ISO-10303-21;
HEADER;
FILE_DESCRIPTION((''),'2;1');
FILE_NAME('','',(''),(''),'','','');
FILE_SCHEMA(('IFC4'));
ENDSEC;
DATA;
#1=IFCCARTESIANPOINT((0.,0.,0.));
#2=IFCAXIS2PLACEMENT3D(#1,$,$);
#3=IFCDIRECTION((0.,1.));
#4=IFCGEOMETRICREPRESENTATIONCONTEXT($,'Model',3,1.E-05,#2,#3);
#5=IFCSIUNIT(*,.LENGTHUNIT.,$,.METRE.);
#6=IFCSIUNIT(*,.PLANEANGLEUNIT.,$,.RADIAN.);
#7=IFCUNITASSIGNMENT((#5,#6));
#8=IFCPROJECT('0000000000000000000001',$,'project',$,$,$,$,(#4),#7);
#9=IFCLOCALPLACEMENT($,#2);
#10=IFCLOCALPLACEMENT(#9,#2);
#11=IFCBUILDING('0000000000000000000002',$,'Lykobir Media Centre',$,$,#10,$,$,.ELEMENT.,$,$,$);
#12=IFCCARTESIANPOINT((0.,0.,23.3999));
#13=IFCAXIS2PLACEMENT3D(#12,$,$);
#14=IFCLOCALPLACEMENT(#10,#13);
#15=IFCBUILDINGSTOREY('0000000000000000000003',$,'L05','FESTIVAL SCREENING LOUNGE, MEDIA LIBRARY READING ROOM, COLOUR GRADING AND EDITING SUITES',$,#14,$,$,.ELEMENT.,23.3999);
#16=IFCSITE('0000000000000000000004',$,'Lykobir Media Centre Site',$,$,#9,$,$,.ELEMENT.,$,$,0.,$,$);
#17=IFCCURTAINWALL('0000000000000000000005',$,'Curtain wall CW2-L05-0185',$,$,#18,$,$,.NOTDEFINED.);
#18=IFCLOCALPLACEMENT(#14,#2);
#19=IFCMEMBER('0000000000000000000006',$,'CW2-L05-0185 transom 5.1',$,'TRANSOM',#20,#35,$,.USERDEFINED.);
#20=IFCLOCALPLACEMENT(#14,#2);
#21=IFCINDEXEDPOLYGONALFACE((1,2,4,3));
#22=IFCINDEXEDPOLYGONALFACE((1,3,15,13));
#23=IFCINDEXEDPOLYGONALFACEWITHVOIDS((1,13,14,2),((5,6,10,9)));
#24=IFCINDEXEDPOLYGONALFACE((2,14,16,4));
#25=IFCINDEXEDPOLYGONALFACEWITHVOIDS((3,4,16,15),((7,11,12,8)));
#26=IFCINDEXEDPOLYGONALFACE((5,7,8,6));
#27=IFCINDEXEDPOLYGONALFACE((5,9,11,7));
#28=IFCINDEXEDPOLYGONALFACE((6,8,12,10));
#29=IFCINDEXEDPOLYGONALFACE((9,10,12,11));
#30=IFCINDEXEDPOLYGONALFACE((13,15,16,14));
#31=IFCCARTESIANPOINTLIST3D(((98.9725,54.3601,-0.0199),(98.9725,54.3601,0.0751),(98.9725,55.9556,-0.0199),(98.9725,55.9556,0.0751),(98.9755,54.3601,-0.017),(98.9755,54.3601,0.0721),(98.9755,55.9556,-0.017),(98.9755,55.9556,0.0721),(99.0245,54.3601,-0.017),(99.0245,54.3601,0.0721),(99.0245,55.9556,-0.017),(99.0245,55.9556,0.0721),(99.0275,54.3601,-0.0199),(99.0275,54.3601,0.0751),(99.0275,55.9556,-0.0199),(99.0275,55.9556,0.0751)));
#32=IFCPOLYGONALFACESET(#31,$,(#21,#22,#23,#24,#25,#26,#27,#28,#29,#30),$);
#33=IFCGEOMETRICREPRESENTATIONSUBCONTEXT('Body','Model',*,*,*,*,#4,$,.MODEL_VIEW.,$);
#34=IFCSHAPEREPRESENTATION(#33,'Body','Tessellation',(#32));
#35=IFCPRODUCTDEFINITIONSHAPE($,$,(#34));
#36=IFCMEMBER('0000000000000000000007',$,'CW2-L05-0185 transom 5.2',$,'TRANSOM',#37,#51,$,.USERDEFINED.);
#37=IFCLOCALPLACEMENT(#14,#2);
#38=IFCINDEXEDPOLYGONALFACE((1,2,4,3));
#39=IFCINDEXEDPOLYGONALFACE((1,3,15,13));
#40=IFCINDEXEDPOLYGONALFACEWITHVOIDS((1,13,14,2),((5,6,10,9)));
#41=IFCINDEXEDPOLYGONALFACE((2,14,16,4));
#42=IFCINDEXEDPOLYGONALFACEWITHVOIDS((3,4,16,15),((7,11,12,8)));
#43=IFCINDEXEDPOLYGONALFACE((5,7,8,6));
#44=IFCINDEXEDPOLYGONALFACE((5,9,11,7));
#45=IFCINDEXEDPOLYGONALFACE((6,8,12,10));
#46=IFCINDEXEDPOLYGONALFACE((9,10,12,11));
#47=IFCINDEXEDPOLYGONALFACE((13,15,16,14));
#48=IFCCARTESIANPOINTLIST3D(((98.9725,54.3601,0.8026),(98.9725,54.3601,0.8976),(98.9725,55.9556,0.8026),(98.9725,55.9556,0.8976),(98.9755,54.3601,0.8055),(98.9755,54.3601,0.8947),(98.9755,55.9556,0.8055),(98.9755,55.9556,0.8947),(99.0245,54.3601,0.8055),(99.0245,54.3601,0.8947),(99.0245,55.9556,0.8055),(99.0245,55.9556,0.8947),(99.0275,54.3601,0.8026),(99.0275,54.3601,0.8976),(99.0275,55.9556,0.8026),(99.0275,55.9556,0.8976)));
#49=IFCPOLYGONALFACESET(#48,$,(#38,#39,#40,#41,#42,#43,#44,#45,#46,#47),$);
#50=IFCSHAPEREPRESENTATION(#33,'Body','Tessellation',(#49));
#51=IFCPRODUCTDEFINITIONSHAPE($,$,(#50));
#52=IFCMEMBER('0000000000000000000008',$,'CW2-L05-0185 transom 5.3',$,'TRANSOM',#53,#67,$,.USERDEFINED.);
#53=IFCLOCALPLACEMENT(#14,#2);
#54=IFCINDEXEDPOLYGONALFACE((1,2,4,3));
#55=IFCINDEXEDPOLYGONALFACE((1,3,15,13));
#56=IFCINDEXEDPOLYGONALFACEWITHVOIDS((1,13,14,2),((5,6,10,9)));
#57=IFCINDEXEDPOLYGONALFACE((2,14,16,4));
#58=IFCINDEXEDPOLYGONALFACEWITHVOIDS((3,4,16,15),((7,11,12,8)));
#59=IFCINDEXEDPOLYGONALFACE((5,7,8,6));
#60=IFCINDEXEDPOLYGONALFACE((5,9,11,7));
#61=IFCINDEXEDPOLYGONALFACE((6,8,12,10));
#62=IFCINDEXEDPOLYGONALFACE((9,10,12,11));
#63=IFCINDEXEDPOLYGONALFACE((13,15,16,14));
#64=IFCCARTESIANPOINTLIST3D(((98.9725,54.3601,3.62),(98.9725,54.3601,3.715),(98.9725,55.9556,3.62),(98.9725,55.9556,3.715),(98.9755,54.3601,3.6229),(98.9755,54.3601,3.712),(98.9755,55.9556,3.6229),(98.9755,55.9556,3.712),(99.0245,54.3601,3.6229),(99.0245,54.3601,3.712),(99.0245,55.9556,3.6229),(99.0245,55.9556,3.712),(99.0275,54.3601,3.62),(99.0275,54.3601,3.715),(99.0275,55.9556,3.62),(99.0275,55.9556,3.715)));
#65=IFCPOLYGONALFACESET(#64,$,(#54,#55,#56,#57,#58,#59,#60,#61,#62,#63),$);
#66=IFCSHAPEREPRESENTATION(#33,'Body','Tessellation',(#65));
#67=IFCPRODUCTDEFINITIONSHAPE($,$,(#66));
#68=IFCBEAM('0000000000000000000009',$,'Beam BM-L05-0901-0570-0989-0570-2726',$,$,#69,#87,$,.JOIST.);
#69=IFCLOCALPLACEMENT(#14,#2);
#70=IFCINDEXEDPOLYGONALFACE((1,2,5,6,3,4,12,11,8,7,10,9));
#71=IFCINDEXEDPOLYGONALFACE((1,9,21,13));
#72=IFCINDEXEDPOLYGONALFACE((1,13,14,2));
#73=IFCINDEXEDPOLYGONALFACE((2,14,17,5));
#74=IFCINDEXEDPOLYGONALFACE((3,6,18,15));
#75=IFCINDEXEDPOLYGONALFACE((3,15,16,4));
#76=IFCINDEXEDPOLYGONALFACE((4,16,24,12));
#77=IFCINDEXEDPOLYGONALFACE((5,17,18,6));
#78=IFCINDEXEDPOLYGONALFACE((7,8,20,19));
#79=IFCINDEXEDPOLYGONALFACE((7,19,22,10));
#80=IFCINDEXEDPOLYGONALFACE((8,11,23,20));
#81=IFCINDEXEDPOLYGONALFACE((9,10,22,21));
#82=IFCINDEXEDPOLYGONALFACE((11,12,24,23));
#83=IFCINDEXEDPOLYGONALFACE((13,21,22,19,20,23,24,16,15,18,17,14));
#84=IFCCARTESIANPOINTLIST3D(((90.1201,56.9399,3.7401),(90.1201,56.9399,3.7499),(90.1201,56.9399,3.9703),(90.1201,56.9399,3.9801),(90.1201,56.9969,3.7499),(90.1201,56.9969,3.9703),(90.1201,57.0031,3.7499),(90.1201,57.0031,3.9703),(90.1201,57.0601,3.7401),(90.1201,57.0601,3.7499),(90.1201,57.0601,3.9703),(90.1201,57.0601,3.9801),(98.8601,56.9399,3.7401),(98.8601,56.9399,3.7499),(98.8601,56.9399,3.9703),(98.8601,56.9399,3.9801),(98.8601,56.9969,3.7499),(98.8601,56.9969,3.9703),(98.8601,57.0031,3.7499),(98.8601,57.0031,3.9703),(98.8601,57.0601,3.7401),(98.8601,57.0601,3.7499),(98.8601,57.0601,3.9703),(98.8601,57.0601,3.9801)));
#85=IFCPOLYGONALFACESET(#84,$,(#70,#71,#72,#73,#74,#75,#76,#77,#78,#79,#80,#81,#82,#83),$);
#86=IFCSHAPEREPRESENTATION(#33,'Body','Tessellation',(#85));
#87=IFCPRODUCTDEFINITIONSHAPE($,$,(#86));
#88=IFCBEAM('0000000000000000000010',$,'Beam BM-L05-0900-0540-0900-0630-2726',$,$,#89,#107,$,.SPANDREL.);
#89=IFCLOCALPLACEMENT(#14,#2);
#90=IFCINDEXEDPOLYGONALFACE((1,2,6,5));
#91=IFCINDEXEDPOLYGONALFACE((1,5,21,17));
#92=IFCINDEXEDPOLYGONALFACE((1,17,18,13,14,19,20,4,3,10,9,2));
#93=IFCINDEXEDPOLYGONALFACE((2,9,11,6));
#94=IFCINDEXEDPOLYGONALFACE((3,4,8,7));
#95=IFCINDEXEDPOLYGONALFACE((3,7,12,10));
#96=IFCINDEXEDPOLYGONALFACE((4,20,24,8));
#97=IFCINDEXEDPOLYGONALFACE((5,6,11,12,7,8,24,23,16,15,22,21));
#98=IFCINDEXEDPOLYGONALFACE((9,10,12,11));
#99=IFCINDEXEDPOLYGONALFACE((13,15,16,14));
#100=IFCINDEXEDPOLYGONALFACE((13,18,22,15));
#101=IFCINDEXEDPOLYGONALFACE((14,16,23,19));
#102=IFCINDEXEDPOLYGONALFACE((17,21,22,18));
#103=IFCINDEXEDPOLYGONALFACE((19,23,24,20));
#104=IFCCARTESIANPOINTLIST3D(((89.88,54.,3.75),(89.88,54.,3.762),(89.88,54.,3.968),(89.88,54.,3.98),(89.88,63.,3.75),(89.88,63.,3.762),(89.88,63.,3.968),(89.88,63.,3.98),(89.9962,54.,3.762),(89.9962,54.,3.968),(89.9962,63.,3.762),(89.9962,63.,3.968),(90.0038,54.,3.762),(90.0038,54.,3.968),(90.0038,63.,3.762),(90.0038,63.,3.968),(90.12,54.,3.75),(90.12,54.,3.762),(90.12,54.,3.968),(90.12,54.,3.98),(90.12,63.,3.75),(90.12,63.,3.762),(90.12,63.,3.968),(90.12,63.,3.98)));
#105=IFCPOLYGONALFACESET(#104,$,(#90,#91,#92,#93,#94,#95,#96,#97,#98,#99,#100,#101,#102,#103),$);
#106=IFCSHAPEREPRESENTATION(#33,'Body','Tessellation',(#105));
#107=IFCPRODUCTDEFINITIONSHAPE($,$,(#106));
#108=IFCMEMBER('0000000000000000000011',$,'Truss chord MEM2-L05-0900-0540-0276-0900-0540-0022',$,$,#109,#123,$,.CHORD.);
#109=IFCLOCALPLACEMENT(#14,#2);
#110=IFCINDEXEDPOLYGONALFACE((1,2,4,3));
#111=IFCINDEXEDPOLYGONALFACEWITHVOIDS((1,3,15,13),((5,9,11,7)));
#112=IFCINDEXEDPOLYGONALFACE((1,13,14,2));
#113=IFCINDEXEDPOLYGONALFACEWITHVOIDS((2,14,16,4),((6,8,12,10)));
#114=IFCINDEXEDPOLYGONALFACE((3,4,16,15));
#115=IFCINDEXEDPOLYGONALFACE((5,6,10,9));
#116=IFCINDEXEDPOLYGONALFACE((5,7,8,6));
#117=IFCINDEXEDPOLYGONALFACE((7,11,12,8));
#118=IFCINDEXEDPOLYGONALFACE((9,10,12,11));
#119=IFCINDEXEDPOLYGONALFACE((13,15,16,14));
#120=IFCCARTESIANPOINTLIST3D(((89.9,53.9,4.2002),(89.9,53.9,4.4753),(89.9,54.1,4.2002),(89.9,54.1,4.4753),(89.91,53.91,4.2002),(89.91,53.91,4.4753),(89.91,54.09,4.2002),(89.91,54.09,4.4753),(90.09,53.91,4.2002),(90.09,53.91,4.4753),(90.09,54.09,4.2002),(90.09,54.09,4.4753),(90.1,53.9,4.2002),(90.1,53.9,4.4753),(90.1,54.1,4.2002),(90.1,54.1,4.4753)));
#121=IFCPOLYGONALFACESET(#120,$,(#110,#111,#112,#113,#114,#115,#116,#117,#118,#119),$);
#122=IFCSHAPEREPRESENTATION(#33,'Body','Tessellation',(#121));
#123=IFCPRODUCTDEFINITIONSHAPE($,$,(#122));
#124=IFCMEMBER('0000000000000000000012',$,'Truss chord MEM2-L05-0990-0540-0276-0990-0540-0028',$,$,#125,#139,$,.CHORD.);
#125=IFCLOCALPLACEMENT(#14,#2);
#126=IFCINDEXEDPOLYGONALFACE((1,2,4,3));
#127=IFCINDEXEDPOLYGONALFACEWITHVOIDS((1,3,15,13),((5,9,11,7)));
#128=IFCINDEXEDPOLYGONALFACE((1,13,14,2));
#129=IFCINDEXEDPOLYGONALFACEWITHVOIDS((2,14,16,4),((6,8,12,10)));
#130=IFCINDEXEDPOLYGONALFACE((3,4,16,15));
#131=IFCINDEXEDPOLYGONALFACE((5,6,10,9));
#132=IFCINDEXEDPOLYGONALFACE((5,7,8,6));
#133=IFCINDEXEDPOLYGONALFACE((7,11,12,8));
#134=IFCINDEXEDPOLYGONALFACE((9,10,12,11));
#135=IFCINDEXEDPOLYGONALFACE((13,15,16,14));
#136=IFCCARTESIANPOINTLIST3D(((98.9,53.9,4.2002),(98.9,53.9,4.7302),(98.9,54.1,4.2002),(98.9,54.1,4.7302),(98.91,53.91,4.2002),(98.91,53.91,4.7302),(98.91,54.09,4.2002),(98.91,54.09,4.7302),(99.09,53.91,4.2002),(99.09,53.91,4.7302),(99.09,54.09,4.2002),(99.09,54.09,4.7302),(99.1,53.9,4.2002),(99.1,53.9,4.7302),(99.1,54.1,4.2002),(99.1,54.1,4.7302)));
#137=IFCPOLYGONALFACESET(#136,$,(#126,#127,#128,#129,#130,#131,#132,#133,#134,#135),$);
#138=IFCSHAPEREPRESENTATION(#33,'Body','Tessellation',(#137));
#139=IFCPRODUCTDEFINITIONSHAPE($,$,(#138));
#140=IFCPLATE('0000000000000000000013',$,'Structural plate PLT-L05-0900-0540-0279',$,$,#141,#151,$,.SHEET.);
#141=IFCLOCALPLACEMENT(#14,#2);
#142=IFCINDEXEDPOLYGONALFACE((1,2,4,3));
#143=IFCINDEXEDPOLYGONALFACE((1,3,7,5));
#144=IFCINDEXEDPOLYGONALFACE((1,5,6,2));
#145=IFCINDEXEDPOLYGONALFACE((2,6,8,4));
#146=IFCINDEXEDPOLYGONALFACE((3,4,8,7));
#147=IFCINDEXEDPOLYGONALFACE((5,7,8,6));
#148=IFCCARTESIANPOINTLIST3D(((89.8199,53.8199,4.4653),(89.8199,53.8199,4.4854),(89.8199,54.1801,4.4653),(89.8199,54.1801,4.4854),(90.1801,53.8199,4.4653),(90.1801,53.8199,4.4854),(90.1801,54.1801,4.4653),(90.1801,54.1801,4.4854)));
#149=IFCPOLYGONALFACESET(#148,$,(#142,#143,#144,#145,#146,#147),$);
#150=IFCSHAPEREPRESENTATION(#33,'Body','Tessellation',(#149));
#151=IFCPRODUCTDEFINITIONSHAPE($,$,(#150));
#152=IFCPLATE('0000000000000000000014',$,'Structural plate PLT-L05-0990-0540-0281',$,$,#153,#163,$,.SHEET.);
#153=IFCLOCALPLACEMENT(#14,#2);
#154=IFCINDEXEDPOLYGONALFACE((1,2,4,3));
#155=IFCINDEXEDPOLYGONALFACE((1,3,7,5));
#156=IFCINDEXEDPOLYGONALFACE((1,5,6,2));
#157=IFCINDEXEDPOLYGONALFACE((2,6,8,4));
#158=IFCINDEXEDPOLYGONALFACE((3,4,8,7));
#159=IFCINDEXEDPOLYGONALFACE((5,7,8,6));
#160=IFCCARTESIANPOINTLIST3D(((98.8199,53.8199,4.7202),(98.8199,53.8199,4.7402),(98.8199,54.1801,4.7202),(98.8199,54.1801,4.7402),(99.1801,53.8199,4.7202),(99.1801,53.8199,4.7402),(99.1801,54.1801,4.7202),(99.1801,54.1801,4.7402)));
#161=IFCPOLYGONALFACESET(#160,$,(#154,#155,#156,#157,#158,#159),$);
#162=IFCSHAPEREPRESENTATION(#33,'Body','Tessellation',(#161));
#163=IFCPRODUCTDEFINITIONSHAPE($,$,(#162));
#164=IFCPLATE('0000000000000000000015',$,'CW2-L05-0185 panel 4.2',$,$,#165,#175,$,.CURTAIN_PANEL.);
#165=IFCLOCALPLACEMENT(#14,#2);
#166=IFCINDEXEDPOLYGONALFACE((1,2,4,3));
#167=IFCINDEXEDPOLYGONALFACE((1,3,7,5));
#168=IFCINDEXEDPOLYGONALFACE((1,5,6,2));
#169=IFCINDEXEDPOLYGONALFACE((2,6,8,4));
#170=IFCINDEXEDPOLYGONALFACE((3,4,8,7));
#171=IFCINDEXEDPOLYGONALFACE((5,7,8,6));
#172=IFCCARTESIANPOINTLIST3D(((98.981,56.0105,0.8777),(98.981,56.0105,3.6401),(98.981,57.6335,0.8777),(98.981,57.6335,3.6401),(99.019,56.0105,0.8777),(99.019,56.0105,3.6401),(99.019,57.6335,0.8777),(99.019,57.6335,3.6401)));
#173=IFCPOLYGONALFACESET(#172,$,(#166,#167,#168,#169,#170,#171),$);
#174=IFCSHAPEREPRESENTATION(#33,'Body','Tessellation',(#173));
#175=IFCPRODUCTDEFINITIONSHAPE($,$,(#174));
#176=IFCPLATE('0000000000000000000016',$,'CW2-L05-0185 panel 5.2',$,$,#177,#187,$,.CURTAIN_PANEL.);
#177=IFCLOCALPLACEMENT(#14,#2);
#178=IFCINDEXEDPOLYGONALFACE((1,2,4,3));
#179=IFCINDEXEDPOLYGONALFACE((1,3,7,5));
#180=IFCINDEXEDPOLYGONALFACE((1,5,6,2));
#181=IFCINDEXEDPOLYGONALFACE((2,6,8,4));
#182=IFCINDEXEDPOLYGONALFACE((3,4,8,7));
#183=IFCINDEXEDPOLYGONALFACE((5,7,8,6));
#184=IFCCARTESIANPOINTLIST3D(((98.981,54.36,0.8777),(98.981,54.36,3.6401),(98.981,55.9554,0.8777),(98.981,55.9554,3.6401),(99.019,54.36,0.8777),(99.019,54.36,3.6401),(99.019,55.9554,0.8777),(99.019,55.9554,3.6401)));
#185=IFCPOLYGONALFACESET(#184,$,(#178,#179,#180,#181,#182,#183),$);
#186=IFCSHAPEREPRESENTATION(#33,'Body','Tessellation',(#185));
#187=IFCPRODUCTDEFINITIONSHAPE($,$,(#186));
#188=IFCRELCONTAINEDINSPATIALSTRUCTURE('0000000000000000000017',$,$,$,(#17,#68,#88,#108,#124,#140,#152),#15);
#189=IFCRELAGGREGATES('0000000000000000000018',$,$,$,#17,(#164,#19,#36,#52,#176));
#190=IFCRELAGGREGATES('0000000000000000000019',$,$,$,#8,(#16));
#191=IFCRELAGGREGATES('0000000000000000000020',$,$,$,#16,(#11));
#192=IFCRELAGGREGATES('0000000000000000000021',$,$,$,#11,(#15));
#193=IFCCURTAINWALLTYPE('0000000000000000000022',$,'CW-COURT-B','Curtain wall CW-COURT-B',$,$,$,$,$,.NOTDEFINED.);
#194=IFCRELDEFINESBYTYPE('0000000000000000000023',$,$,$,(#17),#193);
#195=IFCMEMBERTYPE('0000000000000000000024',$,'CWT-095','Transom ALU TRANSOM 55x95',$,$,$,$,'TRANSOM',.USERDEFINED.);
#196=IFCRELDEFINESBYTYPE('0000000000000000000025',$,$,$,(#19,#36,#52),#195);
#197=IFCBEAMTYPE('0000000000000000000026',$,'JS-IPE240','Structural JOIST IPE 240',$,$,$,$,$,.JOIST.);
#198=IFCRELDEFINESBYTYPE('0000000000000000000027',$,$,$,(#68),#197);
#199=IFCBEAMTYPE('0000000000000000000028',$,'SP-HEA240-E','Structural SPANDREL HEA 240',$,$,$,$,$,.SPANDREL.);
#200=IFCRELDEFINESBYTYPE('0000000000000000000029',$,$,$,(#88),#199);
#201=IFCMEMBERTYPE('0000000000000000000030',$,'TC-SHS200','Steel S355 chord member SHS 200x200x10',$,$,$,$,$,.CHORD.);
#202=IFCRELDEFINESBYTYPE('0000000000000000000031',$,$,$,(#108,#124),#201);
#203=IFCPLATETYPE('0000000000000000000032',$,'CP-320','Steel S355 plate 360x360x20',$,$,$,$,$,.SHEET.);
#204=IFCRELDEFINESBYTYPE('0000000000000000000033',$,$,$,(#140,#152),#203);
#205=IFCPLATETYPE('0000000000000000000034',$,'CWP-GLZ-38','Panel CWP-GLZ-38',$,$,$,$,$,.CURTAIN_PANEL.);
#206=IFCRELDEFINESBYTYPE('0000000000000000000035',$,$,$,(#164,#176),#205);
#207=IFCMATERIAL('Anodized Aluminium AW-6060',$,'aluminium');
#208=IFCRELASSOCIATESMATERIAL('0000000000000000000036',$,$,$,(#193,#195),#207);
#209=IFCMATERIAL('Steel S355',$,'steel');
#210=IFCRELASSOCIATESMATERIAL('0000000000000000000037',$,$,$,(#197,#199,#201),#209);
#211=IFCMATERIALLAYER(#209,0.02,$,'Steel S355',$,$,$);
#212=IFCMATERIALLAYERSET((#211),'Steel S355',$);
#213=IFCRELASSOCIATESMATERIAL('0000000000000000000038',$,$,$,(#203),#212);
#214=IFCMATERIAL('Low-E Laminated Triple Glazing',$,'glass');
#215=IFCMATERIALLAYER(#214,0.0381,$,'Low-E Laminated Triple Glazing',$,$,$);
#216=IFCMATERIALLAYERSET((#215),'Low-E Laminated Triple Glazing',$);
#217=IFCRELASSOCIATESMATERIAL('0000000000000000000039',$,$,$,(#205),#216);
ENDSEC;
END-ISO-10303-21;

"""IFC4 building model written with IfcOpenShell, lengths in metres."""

from ifc_helpers import new_model, si_unit, direction, frame, origin, origin_2d, place, context, subcontext, project, spatial, rectangle, hollow_rectangle, i_section, extrude, material, layer, layer_set, material_profile, profile_set, type_object, element, aggregate, save


model = new_model("IFC4")

# Units and contexts
model_context = context("Model", 3, precision=1e-05, world=origin(), true_north=direction((0.0, 1.0)))
body_context = subcontext(model_context, "Body", "Model", "MODEL_VIEW")
ifc_project = project(units=[si_unit("LENGTHUNIT", "METRE"), si_unit("PLANEANGLEUNIT", "RADIAN")], contexts=[model_context])

# Site, building, storey
site_placement = place(None, origin())
site = spatial("IfcSite", under=ifc_project, at=site_placement, Name="Lykobir Media Centre Site", CompositionType="ELEMENT", RefElevation=0.0)
building_placement = place(site_placement, origin())
building = spatial("IfcBuilding", under=site, at=building_placement, Name="Lykobir Media Centre", CompositionType="ELEMENT")
storey_placement = place(building_placement, frame((0.0, 0.0, 23.3999)))
storey = spatial("IfcBuildingStorey", under=building, at=storey_placement, Name="L05", Description="FESTIVAL SCREENING LOUNGE, MEDIA LIBRARY READING ROOM, COLOUR GRADING AND EDITING SUITES", CompositionType="ELEMENT", Elevation=23.3999)

# Shared definitions
ifc_material_1 = material(Name="Steel S355", Category="steel")

# Curtain wall, members
ifc_material_2 = material(Name="Anodized Aluminium AW-6060", Category="aluminium")
curtain_wall_type = type_object("IfcCurtainWallType", Name="CW-COURT-B", Description="Curtain wall CW-COURT-B", PredefinedType="NOTDEFINED", material=ifc_material_2)
curtain_wall_placement = place(storey_placement, origin())
curtain_wall = element("IfcCurtainWall", 1, at=curtain_wall_placement, inside=storey, type_object=curtain_wall_type, Name="Curtain wall CW2-L05-0185", PredefinedType="NOTDEFINED")
ifc_material_profile_1 = material_profile(ifc_material_2, hollow_rectangle(XDim=0.0549, YDim=0.095, WallThickness=0.0029, at=origin_2d()), Name="ALU TRANSOM 55x95")
ifc_profile_set_1 = profile_set([ifc_material_profile_1], Name="Anodized Aluminium AW-6060")
member_type_1 = type_object("IfcMemberType", Name="CWT-095", Description="Transom ALU TRANSOM 55x95", ElementType="TRANSOM", PredefinedType="USERDEFINED", material=ifc_profile_set_1)
member_1_placement = place(storey_placement, frame((99.0, 55.9556, 0.0276), z_axis=(0.0, -1.0, 0.0), x_axis=(1.0, 0.0, 0.0)))
member_1 = element("IfcMember", 2, at=member_1_placement, type_object=member_type_1, Name="CW2-L05-0185 transom 5.1", ObjectType="TRANSOM", PredefinedType="USERDEFINED", context=body_context, shape_type="SweptSolid", body=[
    extrude(hollow_rectangle(XDim=0.0549, YDim=0.095, WallThickness=0.0029, at=origin_2d()), origin(), (0.0, 0.0, 1.0), 1.5955),
])
member_2_placement = place(storey_placement, frame((99.0, 55.9556, 0.8501), z_axis=(0.0, -1.0, 0.0), x_axis=(1.0, 0.0, 0.0)))
member_2 = element("IfcMember", 3, at=member_2_placement, type_object=member_type_1, Name="CW2-L05-0185 transom 5.2", ObjectType="TRANSOM", PredefinedType="USERDEFINED", context=body_context, shape_type="SweptSolid", body=[
    extrude(hollow_rectangle(XDim=0.0549, YDim=0.095, WallThickness=0.0029, at=origin_2d()), origin(), (0.0, 0.0, 1.0), 1.5955),
])
member_3_placement = place(storey_placement, frame((99.0, 55.9556, 3.6675), z_axis=(0.0, -1.0, 0.0), x_axis=(1.0, 0.0, 0.0)))
member_3 = element("IfcMember", 4, at=member_3_placement, type_object=member_type_1, Name="CW2-L05-0185 transom 5.3", ObjectType="TRANSOM", PredefinedType="USERDEFINED", context=body_context, shape_type="SweptSolid", body=[
    extrude(hollow_rectangle(XDim=0.0549, YDim=0.095, WallThickness=0.0029, at=origin_2d()), origin(), (0.0, 0.0, 1.0), 1.5955),
])

# Beams
ifc_material_profile_2 = material_profile(ifc_material_1, i_section(OverallWidth=0.1201, OverallDepth=0.24, WebThickness=0.0061, FlangeThickness=0.0098, at=origin_2d()), Name="IPE 240")
ifc_profile_set_2 = profile_set([ifc_material_profile_2], Name="Steel S355")
beam_type_1 = type_object("IfcBeamType", Name="JS-IPE240", Description="Structural JOIST IPE 240", PredefinedType="JOIST", material=ifc_profile_set_2)
beam_1_placement = place(storey_placement, frame((90.1201, 57.0, 3.8601), z_axis=(1.0, 0.0, 0.0), x_axis=(0.0, 1.0, 0.0)))
element("IfcBeam", 5, at=beam_1_placement, inside=storey, type_object=beam_type_1, Name="Beam BM-L05-0901-0570-0989-0570-2726", PredefinedType="JOIST", context=body_context, shape_type="SweptSolid", body=[
    extrude(i_section(OverallWidth=0.1201, OverallDepth=0.24, WebThickness=0.0061, FlangeThickness=0.0098, at=origin_2d()), origin(), (0.0, 0.0, 1.0), 8.74),
])
ifc_material_profile_3 = material_profile(ifc_material_1, i_section(OverallWidth=0.24, OverallDepth=0.23, WebThickness=0.0076, FlangeThickness=0.012, at=origin_2d()), Name="HEA 240")
ifc_profile_set_3 = profile_set([ifc_material_profile_3], Name="Steel S355")
beam_type_2 = type_object("IfcBeamType", Name="SP-HEA240-E", Description="Structural SPANDREL HEA 240", PredefinedType="SPANDREL", material=ifc_profile_set_3)
beam_2_placement = place(storey_placement, frame((90.0, 54.0, 3.865), z_axis=(0.0, 1.0, 0.0), x_axis=(-1.0, 0.0, 0.0)))
element("IfcBeam", 6, at=beam_2_placement, inside=storey, type_object=beam_type_2, Name="Beam BM-L05-0900-0540-0900-0630-2726", PredefinedType="SPANDREL", context=body_context, shape_type="SweptSolid", body=[
    extrude(i_section(OverallWidth=0.24, OverallDepth=0.23, WebThickness=0.0076, FlangeThickness=0.012, at=origin_2d()), origin(), (0.0, 0.0, 1.0), 9.0),
])

# Members
ifc_material_profile_4 = material_profile(ifc_material_1, hollow_rectangle(XDim=0.2, YDim=0.2, WallThickness=0.01, at=origin_2d()), Name="SHS 200x200x10")
ifc_profile_set_4 = profile_set([ifc_material_profile_4], Name="Steel S355")
member_type_2 = type_object("IfcMemberType", Name="TC-SHS200", Description="Steel S355 chord member SHS 200x200x10", PredefinedType="CHORD", material=ifc_profile_set_4)
member_4_placement = place(storey_placement, frame((90.0, 54.0, 4.2002), z_axis=(0.0, 0.0, 1.0), x_axis=(1.0, 0.0, 0.0)))
element("IfcMember", 7, at=member_4_placement, inside=storey, type_object=member_type_2, Name="Truss chord MEM2-L05-0900-0540-0276-0900-0540-0022", PredefinedType="CHORD", context=body_context, shape_type="SweptSolid", body=[
    extrude(hollow_rectangle(XDim=0.2, YDim=0.2, WallThickness=0.01, at=origin_2d()), origin(), (0.0, 0.0, 1.0), 0.2751),
])
member_5_placement = place(storey_placement, frame((99.0, 54.0, 4.2002), z_axis=(0.0, 0.0, 1.0), x_axis=(1.0, 0.0, 0.0)))
element("IfcMember", 8, at=member_5_placement, inside=storey, type_object=member_type_2, Name="Truss chord MEM2-L05-0990-0540-0276-0990-0540-0028", PredefinedType="CHORD", context=body_context, shape_type="SweptSolid", body=[
    extrude(hollow_rectangle(XDim=0.2, YDim=0.2, WallThickness=0.01, at=origin_2d()), origin(), (0.0, 0.0, 1.0), 0.53),
])

# Plates
ifc_layer_1 = layer(ifc_material_1, 0.02, Name="Steel S355")
ifc_layer_set_1 = layer_set([ifc_layer_1], Name="Steel S355")
plate_type_1 = type_object("IfcPlateType", Name="CP-320", Description="Steel S355 plate 360x360x20", PredefinedType="SHEET", material=ifc_layer_set_1)
for number, where, z_axis, x_axis, name in (
    (9, (90.0, 54.0, 4.4653), (0.0, 0.0, 1.0), (1.0, 0.0, 0.0), "Structural plate PLT-L05-0900-0540-0279"),
    (10, (99.0, 54.0, 4.7202), (0.0, 0.0, 1.0), (1.0, 0.0, 0.0), "Structural plate PLT-L05-0990-0540-0281"),
):
    element("IfcPlate", number, at=place(storey_placement, frame(where, z_axis=z_axis, x_axis=x_axis)), inside=storey, type_object=plate_type_1, Name=name, PredefinedType="SHEET", context=body_context, shape_type="SweptSolid", body=[
        extrude(rectangle(XDim=0.3601, YDim=0.3601, at=origin_2d()), origin(), (0.0, 0.0, 1.0), 0.02),
    ])

# Plates
ifc_material_3 = material(Name="Low-E Laminated Triple Glazing", Category="glass")
ifc_layer_2 = layer(ifc_material_3, 0.0381, Name="Low-E Laminated Triple Glazing")
ifc_layer_set_2 = layer_set([ifc_layer_2], Name="Low-E Laminated Triple Glazing")
plate_type_2 = type_object("IfcPlateType", Name="CWP-GLZ-38", Description="Panel CWP-GLZ-38", PredefinedType="CURTAIN_PANEL", material=ifc_layer_set_2)
plate_1_placement = place(storey_placement, frame((99.0, 56.822, 0.8777), z_axis=(0.0, 0.0, 1.0), x_axis=(0.0, -1.0, 0.0)))
plate_1 = element("IfcPlate", 11, at=plate_1_placement, type_object=plate_type_2, Name="CW2-L05-0185 panel 4.2", PredefinedType="CURTAIN_PANEL", context=body_context, shape_type="SweptSolid", body=[
    extrude(rectangle(XDim=1.623, YDim=0.0381, at=origin_2d()), origin(), (0.0, 0.0, 1.0), 2.7625),
])
plate_2_placement = place(storey_placement, frame((99.0, 55.1577, 0.8777), z_axis=(0.0, 0.0, 1.0), x_axis=(0.0, -1.0, 0.0)))
plate_2 = element("IfcPlate", 12, at=plate_2_placement, type_object=plate_type_2, Name="CW2-L05-0185 panel 5.2", PredefinedType="CURTAIN_PANEL", context=body_context, shape_type="SweptSolid", body=[
    extrude(rectangle(XDim=1.5955, YDim=0.0381, at=origin_2d()), origin(), (0.0, 0.0, 1.0), 2.7625),
])
aggregate(curtain_wall, [plate_1, member_1, member_2, member_3, plate_2])

save(model, "model.ifc")
